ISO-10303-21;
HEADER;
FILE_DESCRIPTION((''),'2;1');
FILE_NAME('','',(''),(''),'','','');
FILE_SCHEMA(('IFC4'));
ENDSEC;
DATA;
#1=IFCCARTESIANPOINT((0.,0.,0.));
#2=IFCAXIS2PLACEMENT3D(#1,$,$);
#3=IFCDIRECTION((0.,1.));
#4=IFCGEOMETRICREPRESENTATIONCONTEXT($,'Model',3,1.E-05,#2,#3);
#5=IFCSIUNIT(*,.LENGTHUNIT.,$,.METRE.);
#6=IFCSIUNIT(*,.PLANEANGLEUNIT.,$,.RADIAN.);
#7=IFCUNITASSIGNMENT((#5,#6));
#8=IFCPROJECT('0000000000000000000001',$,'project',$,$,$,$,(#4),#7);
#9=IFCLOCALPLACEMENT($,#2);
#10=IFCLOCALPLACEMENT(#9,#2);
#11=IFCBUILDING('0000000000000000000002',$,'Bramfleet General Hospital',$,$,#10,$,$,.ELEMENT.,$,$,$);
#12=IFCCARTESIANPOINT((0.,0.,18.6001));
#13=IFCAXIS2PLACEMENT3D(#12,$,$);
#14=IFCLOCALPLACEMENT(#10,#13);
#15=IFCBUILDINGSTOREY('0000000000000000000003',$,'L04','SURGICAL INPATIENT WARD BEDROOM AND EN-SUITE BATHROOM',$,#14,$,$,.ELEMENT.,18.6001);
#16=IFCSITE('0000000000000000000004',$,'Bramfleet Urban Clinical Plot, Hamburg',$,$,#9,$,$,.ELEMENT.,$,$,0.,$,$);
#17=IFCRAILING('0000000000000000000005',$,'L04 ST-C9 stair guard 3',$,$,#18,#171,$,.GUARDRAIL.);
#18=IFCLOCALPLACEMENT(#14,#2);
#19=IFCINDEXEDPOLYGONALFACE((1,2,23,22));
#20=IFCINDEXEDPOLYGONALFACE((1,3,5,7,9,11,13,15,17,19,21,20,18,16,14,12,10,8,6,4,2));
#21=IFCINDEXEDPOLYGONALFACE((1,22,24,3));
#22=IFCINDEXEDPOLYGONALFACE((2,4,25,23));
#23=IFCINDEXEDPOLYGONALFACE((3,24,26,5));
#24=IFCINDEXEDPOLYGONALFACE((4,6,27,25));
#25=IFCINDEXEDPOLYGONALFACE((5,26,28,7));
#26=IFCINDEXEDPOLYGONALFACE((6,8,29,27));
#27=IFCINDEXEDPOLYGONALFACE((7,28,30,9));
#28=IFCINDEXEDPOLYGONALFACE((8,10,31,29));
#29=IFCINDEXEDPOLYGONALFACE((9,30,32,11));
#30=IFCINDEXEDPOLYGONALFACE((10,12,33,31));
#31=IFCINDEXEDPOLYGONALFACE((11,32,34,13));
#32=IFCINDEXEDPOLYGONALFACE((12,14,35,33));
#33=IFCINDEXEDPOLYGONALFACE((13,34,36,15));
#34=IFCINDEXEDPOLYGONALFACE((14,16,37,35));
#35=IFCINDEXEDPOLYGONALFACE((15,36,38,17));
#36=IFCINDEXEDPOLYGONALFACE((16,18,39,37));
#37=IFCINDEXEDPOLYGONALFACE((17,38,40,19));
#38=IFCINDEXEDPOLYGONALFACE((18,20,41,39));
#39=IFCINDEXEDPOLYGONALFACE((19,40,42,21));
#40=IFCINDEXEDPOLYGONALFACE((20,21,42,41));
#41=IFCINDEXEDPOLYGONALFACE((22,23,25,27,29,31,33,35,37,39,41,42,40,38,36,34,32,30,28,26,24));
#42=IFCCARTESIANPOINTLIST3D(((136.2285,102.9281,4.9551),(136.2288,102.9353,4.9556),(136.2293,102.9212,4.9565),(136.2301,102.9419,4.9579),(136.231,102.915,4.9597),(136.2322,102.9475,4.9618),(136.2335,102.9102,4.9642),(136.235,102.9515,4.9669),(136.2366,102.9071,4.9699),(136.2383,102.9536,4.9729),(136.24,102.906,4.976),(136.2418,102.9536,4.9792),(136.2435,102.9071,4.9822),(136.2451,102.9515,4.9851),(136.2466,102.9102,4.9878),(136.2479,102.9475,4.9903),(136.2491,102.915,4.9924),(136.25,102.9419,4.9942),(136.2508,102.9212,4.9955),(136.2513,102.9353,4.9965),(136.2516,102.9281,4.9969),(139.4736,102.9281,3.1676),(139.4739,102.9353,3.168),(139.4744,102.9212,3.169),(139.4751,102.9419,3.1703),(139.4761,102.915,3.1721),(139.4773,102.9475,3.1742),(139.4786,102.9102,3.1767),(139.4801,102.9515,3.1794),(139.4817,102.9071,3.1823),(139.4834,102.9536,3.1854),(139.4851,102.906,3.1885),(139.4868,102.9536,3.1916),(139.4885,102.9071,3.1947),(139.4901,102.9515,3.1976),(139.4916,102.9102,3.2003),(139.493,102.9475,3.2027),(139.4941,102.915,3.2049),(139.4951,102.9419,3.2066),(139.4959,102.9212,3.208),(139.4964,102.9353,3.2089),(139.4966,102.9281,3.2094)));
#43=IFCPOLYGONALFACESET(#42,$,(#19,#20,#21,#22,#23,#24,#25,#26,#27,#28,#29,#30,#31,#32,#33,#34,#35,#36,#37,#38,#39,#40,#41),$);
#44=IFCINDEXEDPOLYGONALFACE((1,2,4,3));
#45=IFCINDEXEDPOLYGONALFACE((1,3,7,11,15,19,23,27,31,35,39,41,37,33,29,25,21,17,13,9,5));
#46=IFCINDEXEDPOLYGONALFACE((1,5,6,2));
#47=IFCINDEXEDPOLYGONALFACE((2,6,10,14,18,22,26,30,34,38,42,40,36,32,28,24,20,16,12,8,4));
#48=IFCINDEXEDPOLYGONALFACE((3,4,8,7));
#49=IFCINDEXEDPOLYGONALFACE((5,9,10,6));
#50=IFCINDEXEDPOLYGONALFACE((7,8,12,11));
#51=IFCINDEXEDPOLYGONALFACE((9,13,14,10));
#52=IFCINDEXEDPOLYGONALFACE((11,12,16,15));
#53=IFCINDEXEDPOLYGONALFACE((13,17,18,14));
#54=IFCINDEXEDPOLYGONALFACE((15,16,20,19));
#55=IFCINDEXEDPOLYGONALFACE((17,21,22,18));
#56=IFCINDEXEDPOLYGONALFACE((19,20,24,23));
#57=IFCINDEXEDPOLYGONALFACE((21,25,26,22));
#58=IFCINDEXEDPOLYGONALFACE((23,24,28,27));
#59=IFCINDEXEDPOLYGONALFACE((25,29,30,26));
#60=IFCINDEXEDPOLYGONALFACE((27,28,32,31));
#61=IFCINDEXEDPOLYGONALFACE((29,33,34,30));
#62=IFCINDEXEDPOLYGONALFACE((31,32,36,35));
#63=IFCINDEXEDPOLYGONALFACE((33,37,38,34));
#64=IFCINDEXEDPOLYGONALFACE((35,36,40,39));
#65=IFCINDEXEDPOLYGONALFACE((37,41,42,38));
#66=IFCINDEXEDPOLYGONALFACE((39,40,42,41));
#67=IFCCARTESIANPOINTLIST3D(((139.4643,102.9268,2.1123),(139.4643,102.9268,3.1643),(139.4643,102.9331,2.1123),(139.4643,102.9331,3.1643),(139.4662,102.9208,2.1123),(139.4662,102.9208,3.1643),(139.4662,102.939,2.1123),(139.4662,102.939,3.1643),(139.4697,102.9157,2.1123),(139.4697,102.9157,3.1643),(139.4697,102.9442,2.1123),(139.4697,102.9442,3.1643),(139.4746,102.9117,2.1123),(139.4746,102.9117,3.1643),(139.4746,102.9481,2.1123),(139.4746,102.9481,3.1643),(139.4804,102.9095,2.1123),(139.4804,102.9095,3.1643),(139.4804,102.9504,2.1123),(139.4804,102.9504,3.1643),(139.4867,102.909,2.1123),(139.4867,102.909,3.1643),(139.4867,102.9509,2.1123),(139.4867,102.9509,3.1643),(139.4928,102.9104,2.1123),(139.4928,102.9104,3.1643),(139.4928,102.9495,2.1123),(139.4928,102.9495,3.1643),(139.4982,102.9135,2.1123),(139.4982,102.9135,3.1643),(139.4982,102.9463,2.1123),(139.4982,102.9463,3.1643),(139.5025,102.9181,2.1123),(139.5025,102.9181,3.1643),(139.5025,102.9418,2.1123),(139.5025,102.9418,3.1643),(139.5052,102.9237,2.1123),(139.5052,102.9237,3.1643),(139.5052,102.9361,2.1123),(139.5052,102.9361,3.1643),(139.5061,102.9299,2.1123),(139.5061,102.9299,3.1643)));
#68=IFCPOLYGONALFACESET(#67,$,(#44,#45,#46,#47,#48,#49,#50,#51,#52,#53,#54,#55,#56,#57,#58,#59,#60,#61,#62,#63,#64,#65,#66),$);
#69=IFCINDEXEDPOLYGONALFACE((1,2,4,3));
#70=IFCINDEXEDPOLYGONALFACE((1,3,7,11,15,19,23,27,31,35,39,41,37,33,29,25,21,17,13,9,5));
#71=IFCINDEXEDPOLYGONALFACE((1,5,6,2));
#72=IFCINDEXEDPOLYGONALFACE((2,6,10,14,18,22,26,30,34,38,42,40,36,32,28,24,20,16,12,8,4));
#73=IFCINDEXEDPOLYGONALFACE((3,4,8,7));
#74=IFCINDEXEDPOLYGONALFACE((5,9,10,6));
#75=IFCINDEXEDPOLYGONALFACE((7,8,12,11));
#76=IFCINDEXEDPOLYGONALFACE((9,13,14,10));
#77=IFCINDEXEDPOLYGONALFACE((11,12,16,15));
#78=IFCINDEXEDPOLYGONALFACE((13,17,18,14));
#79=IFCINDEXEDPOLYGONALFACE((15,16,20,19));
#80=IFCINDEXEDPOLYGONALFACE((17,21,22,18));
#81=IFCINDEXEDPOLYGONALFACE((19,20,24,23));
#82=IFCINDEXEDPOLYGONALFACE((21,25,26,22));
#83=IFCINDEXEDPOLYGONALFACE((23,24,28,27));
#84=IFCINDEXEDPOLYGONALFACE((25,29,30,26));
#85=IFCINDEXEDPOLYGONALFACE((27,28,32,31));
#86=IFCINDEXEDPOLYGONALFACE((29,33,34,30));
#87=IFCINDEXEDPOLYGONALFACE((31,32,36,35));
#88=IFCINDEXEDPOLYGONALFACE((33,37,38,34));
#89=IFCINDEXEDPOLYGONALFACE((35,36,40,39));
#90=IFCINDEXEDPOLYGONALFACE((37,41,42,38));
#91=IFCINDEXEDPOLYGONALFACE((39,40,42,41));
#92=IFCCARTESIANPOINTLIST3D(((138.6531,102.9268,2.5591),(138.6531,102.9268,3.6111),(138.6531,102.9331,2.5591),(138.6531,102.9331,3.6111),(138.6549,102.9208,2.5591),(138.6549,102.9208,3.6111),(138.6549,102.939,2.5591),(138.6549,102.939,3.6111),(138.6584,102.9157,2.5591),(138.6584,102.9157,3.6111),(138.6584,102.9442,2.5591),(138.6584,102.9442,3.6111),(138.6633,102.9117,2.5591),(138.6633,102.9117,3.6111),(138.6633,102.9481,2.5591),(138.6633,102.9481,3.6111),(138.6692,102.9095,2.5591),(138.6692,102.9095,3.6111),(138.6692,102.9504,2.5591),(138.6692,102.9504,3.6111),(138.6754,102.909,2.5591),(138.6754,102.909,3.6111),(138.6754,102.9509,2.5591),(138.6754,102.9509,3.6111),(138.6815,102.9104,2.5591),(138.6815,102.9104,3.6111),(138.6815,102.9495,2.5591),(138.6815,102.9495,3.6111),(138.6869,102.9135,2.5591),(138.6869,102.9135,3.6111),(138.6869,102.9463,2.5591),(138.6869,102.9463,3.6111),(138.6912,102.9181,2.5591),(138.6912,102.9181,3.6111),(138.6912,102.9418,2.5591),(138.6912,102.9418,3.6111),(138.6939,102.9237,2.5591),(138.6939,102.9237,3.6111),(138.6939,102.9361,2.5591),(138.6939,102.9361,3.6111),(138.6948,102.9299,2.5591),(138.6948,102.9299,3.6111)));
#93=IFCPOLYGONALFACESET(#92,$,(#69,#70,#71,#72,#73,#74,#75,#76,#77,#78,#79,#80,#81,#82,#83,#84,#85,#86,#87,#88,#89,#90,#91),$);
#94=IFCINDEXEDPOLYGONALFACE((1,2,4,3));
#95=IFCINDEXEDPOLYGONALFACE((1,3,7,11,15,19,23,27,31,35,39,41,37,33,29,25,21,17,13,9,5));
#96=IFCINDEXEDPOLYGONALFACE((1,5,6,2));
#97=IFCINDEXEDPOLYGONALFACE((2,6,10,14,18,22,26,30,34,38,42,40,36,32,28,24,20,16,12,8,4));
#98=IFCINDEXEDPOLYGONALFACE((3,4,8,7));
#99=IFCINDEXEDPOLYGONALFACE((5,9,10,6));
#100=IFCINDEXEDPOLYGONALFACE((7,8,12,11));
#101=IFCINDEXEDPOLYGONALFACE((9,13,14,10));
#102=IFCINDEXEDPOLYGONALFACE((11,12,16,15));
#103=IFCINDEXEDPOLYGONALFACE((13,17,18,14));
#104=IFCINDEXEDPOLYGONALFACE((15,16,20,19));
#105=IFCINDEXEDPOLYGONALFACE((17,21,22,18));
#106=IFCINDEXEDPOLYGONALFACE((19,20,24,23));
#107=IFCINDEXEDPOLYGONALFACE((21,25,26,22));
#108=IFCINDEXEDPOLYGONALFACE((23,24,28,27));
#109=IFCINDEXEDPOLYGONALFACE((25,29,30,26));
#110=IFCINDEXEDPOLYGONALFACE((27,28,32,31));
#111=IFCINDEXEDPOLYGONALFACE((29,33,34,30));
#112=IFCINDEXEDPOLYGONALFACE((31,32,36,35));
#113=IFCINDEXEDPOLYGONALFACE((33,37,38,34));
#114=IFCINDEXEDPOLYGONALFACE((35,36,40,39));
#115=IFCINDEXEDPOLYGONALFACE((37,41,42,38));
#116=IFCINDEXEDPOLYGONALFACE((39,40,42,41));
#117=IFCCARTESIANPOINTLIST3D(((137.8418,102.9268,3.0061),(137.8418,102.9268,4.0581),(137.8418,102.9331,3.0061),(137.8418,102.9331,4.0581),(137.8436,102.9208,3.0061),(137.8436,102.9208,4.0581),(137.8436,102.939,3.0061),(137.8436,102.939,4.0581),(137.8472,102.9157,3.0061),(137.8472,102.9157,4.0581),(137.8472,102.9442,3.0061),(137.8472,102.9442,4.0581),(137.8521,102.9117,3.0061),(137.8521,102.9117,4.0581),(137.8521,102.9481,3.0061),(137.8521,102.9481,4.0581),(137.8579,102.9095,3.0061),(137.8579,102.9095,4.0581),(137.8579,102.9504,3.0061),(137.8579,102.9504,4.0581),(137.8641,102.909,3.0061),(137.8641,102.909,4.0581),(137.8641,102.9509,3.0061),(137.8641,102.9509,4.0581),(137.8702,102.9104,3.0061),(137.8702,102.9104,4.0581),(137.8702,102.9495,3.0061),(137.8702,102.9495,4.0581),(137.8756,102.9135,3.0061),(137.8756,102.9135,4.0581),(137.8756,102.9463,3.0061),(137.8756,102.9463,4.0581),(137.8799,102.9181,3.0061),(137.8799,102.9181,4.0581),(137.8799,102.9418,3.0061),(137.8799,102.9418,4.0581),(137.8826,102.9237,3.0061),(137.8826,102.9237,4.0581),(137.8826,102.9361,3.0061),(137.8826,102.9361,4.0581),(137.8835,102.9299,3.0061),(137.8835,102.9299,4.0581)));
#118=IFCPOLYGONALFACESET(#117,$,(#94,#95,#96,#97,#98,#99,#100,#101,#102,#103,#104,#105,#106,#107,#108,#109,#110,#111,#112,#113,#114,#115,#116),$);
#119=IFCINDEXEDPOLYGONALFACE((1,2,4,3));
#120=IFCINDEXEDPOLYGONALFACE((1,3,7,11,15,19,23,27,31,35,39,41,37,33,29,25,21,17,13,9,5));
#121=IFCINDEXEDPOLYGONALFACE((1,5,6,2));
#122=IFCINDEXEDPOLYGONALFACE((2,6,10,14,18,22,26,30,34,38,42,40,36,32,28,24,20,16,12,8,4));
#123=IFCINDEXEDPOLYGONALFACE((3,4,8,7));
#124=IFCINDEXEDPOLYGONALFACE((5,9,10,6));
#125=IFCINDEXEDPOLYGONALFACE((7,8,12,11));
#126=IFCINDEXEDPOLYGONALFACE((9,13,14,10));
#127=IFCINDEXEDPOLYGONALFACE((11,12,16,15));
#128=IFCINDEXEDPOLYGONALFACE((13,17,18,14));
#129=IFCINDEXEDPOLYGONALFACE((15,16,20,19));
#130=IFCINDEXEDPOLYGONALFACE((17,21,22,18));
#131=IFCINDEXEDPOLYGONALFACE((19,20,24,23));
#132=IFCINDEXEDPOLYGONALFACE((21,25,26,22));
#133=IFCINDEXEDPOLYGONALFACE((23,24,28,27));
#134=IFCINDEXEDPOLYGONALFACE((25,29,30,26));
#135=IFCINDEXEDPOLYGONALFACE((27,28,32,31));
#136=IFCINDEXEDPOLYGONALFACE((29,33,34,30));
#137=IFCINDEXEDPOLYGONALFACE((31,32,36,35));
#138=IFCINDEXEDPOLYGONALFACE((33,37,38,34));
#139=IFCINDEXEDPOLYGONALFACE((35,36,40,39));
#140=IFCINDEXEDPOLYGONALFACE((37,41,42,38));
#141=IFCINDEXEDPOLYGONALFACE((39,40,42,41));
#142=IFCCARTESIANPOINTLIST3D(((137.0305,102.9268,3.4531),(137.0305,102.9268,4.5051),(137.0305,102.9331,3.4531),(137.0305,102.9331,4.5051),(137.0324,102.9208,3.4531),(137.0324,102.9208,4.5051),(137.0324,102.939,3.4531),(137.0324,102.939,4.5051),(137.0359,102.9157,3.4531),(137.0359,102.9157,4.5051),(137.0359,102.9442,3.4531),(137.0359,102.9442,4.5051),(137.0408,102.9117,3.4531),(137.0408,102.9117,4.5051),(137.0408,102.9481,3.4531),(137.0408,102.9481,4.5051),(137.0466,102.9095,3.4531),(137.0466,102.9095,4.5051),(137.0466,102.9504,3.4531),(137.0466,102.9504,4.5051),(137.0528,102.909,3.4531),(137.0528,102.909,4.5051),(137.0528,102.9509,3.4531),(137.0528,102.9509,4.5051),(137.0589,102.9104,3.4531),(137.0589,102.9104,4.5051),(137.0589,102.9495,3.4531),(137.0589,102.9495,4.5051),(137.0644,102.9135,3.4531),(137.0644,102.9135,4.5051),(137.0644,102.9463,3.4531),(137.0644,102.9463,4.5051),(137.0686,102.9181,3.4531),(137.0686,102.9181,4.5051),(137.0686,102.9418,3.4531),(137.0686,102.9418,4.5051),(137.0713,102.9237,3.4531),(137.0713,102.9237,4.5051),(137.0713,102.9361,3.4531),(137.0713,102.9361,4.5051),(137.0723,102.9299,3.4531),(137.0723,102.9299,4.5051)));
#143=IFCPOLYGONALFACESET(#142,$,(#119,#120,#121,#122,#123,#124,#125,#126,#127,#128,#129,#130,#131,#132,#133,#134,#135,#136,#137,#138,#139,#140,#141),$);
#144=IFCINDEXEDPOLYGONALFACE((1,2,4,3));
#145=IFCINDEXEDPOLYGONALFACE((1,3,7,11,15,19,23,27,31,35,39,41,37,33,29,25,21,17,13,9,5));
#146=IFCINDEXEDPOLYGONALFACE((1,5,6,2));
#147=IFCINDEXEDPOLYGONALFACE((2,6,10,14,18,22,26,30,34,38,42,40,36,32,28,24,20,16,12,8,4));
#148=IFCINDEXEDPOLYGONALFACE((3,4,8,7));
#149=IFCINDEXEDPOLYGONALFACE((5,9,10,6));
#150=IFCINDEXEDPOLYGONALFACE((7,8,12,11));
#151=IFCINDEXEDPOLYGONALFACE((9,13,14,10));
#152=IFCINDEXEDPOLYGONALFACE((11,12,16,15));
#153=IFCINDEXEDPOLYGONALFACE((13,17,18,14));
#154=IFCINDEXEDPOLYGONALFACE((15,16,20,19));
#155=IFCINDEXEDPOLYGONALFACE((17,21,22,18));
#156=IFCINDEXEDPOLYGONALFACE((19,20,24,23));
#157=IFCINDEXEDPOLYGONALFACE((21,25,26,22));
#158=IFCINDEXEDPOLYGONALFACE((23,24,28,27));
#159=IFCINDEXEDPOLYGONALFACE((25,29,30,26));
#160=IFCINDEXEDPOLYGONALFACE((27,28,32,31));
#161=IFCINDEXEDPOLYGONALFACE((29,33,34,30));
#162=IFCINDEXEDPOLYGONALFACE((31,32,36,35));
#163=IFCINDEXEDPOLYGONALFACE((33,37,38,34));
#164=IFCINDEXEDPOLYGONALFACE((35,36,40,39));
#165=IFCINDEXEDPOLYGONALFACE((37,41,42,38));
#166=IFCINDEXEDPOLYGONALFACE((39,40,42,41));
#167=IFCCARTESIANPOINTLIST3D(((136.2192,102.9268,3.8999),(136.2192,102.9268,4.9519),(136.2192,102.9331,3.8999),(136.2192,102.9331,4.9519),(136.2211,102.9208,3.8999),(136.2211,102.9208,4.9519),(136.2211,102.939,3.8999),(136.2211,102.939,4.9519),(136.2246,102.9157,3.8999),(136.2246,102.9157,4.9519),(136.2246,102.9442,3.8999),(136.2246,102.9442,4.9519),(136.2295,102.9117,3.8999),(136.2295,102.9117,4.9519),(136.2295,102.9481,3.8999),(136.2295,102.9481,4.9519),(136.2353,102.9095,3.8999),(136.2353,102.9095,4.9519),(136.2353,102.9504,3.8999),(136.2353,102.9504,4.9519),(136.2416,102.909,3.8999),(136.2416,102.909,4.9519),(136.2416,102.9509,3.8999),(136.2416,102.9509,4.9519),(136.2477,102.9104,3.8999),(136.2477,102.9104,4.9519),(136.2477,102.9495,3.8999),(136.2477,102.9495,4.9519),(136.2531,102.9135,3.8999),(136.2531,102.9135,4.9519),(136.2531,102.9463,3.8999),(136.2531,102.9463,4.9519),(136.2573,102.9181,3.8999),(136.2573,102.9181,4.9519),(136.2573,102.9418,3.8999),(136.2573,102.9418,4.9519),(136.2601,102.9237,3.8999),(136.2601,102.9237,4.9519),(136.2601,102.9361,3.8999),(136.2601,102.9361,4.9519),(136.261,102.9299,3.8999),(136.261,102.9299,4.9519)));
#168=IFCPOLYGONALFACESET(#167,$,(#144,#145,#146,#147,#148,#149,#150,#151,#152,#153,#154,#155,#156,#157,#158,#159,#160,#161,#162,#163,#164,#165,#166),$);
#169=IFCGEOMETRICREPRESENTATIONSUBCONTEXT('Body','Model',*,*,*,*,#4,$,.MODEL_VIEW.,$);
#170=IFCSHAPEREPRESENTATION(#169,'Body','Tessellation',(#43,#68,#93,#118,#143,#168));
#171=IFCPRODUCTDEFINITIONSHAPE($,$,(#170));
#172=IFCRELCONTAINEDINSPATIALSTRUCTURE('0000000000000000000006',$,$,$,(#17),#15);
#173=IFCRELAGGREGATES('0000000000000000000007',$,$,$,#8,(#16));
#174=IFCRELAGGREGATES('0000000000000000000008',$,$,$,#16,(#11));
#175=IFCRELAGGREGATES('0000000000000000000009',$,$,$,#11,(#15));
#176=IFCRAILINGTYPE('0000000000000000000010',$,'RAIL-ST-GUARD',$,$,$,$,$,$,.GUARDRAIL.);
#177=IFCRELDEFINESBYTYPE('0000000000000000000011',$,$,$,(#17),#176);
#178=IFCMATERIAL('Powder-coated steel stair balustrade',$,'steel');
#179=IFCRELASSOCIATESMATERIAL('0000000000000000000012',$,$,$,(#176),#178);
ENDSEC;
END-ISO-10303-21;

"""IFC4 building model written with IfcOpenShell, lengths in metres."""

from ifc_helpers import new_model, si_unit, direction, frame, origin, origin_2d, place, context, subcontext, project, spatial, circle, extrude, material, type_object, element, save


model = new_model("IFC4")

# Units and contexts
model_context = context("Model", 3, precision=1e-05, world=origin(), true_north=direction((0.0, 1.0)))
body_context = subcontext(model_context, "Body", "Model", "MODEL_VIEW")
ifc_project = project(units=[si_unit("LENGTHUNIT", "METRE"), si_unit("PLANEANGLEUNIT", "RADIAN")], contexts=[model_context])

# Site, building, storey
site_placement = place(None, origin())
site = spatial("IfcSite", under=ifc_project, at=site_placement, Name="Bramfleet Urban Clinical Plot, Hamburg", CompositionType="ELEMENT", RefElevation=0.0)
building_placement = place(site_placement, origin())
building = spatial("IfcBuilding", under=site, at=building_placement, Name="Bramfleet General Hospital", CompositionType="ELEMENT")
storey_placement = place(building_placement, frame((0.0, 0.0, 18.6001)))
storey = spatial("IfcBuildingStorey", under=building, at=storey_placement, Name="L04", Description="SURGICAL INPATIENT WARD BEDROOM AND EN-SUITE BATHROOM", CompositionType="ELEMENT", Elevation=18.6001)

# Railing
ifc_material_1 = material(Name="Powder-coated steel stair balustrade", Category="steel")
railing_type = type_object("IfcRailingType", Name="RAIL-ST-GUARD", PredefinedType="GUARDRAIL", material=ifc_material_1)
railing_1_placement = place(storey_placement, frame((139.4851, 102.9299, 2.1123)))
element("IfcRailing", 1, at=railing_1_placement, inside=storey, type_object=railing_type, Name="L04 ST-C9 stair guard 3", PredefinedType="GUARDRAIL", context=body_context, shape_type="SweptSolid", body=[
    extrude(circle(Radius=0.0239, at=origin_2d()), frame((0.0, 0.0, 1.0762), z_axis=(-0.875899, 0.0, 0.482495), x_axis=(0.0, -1.0, 0.0)), (0.0, 0.0, 1.0), 3.7048),
    extrude(circle(Radius=0.021, at=origin_2d()), origin(), (0.0, 0.0, 1.0), 1.052),
    extrude(circle(Radius=0.021, at=origin_2d()), frame((-0.8113, 0.0, 0.4468)), (0.0, 0.0, 1.0), 1.052),
    extrude(circle(Radius=0.021, at=origin_2d()), frame((-1.6226, 0.0, 0.8938)), (0.0, 0.0, 1.0), 1.052),
    extrude(circle(Radius=0.021, at=origin_2d()), frame((-2.4338, 0.0, 1.3408)), (0.0, 0.0, 1.0), 1.052),
    extrude(circle(Radius=0.021, at=origin_2d()), frame((-3.2451, 0.0, 1.7876)), (0.0, 0.0, 1.0), 1.052),
])

save(model, "model.ifc")
